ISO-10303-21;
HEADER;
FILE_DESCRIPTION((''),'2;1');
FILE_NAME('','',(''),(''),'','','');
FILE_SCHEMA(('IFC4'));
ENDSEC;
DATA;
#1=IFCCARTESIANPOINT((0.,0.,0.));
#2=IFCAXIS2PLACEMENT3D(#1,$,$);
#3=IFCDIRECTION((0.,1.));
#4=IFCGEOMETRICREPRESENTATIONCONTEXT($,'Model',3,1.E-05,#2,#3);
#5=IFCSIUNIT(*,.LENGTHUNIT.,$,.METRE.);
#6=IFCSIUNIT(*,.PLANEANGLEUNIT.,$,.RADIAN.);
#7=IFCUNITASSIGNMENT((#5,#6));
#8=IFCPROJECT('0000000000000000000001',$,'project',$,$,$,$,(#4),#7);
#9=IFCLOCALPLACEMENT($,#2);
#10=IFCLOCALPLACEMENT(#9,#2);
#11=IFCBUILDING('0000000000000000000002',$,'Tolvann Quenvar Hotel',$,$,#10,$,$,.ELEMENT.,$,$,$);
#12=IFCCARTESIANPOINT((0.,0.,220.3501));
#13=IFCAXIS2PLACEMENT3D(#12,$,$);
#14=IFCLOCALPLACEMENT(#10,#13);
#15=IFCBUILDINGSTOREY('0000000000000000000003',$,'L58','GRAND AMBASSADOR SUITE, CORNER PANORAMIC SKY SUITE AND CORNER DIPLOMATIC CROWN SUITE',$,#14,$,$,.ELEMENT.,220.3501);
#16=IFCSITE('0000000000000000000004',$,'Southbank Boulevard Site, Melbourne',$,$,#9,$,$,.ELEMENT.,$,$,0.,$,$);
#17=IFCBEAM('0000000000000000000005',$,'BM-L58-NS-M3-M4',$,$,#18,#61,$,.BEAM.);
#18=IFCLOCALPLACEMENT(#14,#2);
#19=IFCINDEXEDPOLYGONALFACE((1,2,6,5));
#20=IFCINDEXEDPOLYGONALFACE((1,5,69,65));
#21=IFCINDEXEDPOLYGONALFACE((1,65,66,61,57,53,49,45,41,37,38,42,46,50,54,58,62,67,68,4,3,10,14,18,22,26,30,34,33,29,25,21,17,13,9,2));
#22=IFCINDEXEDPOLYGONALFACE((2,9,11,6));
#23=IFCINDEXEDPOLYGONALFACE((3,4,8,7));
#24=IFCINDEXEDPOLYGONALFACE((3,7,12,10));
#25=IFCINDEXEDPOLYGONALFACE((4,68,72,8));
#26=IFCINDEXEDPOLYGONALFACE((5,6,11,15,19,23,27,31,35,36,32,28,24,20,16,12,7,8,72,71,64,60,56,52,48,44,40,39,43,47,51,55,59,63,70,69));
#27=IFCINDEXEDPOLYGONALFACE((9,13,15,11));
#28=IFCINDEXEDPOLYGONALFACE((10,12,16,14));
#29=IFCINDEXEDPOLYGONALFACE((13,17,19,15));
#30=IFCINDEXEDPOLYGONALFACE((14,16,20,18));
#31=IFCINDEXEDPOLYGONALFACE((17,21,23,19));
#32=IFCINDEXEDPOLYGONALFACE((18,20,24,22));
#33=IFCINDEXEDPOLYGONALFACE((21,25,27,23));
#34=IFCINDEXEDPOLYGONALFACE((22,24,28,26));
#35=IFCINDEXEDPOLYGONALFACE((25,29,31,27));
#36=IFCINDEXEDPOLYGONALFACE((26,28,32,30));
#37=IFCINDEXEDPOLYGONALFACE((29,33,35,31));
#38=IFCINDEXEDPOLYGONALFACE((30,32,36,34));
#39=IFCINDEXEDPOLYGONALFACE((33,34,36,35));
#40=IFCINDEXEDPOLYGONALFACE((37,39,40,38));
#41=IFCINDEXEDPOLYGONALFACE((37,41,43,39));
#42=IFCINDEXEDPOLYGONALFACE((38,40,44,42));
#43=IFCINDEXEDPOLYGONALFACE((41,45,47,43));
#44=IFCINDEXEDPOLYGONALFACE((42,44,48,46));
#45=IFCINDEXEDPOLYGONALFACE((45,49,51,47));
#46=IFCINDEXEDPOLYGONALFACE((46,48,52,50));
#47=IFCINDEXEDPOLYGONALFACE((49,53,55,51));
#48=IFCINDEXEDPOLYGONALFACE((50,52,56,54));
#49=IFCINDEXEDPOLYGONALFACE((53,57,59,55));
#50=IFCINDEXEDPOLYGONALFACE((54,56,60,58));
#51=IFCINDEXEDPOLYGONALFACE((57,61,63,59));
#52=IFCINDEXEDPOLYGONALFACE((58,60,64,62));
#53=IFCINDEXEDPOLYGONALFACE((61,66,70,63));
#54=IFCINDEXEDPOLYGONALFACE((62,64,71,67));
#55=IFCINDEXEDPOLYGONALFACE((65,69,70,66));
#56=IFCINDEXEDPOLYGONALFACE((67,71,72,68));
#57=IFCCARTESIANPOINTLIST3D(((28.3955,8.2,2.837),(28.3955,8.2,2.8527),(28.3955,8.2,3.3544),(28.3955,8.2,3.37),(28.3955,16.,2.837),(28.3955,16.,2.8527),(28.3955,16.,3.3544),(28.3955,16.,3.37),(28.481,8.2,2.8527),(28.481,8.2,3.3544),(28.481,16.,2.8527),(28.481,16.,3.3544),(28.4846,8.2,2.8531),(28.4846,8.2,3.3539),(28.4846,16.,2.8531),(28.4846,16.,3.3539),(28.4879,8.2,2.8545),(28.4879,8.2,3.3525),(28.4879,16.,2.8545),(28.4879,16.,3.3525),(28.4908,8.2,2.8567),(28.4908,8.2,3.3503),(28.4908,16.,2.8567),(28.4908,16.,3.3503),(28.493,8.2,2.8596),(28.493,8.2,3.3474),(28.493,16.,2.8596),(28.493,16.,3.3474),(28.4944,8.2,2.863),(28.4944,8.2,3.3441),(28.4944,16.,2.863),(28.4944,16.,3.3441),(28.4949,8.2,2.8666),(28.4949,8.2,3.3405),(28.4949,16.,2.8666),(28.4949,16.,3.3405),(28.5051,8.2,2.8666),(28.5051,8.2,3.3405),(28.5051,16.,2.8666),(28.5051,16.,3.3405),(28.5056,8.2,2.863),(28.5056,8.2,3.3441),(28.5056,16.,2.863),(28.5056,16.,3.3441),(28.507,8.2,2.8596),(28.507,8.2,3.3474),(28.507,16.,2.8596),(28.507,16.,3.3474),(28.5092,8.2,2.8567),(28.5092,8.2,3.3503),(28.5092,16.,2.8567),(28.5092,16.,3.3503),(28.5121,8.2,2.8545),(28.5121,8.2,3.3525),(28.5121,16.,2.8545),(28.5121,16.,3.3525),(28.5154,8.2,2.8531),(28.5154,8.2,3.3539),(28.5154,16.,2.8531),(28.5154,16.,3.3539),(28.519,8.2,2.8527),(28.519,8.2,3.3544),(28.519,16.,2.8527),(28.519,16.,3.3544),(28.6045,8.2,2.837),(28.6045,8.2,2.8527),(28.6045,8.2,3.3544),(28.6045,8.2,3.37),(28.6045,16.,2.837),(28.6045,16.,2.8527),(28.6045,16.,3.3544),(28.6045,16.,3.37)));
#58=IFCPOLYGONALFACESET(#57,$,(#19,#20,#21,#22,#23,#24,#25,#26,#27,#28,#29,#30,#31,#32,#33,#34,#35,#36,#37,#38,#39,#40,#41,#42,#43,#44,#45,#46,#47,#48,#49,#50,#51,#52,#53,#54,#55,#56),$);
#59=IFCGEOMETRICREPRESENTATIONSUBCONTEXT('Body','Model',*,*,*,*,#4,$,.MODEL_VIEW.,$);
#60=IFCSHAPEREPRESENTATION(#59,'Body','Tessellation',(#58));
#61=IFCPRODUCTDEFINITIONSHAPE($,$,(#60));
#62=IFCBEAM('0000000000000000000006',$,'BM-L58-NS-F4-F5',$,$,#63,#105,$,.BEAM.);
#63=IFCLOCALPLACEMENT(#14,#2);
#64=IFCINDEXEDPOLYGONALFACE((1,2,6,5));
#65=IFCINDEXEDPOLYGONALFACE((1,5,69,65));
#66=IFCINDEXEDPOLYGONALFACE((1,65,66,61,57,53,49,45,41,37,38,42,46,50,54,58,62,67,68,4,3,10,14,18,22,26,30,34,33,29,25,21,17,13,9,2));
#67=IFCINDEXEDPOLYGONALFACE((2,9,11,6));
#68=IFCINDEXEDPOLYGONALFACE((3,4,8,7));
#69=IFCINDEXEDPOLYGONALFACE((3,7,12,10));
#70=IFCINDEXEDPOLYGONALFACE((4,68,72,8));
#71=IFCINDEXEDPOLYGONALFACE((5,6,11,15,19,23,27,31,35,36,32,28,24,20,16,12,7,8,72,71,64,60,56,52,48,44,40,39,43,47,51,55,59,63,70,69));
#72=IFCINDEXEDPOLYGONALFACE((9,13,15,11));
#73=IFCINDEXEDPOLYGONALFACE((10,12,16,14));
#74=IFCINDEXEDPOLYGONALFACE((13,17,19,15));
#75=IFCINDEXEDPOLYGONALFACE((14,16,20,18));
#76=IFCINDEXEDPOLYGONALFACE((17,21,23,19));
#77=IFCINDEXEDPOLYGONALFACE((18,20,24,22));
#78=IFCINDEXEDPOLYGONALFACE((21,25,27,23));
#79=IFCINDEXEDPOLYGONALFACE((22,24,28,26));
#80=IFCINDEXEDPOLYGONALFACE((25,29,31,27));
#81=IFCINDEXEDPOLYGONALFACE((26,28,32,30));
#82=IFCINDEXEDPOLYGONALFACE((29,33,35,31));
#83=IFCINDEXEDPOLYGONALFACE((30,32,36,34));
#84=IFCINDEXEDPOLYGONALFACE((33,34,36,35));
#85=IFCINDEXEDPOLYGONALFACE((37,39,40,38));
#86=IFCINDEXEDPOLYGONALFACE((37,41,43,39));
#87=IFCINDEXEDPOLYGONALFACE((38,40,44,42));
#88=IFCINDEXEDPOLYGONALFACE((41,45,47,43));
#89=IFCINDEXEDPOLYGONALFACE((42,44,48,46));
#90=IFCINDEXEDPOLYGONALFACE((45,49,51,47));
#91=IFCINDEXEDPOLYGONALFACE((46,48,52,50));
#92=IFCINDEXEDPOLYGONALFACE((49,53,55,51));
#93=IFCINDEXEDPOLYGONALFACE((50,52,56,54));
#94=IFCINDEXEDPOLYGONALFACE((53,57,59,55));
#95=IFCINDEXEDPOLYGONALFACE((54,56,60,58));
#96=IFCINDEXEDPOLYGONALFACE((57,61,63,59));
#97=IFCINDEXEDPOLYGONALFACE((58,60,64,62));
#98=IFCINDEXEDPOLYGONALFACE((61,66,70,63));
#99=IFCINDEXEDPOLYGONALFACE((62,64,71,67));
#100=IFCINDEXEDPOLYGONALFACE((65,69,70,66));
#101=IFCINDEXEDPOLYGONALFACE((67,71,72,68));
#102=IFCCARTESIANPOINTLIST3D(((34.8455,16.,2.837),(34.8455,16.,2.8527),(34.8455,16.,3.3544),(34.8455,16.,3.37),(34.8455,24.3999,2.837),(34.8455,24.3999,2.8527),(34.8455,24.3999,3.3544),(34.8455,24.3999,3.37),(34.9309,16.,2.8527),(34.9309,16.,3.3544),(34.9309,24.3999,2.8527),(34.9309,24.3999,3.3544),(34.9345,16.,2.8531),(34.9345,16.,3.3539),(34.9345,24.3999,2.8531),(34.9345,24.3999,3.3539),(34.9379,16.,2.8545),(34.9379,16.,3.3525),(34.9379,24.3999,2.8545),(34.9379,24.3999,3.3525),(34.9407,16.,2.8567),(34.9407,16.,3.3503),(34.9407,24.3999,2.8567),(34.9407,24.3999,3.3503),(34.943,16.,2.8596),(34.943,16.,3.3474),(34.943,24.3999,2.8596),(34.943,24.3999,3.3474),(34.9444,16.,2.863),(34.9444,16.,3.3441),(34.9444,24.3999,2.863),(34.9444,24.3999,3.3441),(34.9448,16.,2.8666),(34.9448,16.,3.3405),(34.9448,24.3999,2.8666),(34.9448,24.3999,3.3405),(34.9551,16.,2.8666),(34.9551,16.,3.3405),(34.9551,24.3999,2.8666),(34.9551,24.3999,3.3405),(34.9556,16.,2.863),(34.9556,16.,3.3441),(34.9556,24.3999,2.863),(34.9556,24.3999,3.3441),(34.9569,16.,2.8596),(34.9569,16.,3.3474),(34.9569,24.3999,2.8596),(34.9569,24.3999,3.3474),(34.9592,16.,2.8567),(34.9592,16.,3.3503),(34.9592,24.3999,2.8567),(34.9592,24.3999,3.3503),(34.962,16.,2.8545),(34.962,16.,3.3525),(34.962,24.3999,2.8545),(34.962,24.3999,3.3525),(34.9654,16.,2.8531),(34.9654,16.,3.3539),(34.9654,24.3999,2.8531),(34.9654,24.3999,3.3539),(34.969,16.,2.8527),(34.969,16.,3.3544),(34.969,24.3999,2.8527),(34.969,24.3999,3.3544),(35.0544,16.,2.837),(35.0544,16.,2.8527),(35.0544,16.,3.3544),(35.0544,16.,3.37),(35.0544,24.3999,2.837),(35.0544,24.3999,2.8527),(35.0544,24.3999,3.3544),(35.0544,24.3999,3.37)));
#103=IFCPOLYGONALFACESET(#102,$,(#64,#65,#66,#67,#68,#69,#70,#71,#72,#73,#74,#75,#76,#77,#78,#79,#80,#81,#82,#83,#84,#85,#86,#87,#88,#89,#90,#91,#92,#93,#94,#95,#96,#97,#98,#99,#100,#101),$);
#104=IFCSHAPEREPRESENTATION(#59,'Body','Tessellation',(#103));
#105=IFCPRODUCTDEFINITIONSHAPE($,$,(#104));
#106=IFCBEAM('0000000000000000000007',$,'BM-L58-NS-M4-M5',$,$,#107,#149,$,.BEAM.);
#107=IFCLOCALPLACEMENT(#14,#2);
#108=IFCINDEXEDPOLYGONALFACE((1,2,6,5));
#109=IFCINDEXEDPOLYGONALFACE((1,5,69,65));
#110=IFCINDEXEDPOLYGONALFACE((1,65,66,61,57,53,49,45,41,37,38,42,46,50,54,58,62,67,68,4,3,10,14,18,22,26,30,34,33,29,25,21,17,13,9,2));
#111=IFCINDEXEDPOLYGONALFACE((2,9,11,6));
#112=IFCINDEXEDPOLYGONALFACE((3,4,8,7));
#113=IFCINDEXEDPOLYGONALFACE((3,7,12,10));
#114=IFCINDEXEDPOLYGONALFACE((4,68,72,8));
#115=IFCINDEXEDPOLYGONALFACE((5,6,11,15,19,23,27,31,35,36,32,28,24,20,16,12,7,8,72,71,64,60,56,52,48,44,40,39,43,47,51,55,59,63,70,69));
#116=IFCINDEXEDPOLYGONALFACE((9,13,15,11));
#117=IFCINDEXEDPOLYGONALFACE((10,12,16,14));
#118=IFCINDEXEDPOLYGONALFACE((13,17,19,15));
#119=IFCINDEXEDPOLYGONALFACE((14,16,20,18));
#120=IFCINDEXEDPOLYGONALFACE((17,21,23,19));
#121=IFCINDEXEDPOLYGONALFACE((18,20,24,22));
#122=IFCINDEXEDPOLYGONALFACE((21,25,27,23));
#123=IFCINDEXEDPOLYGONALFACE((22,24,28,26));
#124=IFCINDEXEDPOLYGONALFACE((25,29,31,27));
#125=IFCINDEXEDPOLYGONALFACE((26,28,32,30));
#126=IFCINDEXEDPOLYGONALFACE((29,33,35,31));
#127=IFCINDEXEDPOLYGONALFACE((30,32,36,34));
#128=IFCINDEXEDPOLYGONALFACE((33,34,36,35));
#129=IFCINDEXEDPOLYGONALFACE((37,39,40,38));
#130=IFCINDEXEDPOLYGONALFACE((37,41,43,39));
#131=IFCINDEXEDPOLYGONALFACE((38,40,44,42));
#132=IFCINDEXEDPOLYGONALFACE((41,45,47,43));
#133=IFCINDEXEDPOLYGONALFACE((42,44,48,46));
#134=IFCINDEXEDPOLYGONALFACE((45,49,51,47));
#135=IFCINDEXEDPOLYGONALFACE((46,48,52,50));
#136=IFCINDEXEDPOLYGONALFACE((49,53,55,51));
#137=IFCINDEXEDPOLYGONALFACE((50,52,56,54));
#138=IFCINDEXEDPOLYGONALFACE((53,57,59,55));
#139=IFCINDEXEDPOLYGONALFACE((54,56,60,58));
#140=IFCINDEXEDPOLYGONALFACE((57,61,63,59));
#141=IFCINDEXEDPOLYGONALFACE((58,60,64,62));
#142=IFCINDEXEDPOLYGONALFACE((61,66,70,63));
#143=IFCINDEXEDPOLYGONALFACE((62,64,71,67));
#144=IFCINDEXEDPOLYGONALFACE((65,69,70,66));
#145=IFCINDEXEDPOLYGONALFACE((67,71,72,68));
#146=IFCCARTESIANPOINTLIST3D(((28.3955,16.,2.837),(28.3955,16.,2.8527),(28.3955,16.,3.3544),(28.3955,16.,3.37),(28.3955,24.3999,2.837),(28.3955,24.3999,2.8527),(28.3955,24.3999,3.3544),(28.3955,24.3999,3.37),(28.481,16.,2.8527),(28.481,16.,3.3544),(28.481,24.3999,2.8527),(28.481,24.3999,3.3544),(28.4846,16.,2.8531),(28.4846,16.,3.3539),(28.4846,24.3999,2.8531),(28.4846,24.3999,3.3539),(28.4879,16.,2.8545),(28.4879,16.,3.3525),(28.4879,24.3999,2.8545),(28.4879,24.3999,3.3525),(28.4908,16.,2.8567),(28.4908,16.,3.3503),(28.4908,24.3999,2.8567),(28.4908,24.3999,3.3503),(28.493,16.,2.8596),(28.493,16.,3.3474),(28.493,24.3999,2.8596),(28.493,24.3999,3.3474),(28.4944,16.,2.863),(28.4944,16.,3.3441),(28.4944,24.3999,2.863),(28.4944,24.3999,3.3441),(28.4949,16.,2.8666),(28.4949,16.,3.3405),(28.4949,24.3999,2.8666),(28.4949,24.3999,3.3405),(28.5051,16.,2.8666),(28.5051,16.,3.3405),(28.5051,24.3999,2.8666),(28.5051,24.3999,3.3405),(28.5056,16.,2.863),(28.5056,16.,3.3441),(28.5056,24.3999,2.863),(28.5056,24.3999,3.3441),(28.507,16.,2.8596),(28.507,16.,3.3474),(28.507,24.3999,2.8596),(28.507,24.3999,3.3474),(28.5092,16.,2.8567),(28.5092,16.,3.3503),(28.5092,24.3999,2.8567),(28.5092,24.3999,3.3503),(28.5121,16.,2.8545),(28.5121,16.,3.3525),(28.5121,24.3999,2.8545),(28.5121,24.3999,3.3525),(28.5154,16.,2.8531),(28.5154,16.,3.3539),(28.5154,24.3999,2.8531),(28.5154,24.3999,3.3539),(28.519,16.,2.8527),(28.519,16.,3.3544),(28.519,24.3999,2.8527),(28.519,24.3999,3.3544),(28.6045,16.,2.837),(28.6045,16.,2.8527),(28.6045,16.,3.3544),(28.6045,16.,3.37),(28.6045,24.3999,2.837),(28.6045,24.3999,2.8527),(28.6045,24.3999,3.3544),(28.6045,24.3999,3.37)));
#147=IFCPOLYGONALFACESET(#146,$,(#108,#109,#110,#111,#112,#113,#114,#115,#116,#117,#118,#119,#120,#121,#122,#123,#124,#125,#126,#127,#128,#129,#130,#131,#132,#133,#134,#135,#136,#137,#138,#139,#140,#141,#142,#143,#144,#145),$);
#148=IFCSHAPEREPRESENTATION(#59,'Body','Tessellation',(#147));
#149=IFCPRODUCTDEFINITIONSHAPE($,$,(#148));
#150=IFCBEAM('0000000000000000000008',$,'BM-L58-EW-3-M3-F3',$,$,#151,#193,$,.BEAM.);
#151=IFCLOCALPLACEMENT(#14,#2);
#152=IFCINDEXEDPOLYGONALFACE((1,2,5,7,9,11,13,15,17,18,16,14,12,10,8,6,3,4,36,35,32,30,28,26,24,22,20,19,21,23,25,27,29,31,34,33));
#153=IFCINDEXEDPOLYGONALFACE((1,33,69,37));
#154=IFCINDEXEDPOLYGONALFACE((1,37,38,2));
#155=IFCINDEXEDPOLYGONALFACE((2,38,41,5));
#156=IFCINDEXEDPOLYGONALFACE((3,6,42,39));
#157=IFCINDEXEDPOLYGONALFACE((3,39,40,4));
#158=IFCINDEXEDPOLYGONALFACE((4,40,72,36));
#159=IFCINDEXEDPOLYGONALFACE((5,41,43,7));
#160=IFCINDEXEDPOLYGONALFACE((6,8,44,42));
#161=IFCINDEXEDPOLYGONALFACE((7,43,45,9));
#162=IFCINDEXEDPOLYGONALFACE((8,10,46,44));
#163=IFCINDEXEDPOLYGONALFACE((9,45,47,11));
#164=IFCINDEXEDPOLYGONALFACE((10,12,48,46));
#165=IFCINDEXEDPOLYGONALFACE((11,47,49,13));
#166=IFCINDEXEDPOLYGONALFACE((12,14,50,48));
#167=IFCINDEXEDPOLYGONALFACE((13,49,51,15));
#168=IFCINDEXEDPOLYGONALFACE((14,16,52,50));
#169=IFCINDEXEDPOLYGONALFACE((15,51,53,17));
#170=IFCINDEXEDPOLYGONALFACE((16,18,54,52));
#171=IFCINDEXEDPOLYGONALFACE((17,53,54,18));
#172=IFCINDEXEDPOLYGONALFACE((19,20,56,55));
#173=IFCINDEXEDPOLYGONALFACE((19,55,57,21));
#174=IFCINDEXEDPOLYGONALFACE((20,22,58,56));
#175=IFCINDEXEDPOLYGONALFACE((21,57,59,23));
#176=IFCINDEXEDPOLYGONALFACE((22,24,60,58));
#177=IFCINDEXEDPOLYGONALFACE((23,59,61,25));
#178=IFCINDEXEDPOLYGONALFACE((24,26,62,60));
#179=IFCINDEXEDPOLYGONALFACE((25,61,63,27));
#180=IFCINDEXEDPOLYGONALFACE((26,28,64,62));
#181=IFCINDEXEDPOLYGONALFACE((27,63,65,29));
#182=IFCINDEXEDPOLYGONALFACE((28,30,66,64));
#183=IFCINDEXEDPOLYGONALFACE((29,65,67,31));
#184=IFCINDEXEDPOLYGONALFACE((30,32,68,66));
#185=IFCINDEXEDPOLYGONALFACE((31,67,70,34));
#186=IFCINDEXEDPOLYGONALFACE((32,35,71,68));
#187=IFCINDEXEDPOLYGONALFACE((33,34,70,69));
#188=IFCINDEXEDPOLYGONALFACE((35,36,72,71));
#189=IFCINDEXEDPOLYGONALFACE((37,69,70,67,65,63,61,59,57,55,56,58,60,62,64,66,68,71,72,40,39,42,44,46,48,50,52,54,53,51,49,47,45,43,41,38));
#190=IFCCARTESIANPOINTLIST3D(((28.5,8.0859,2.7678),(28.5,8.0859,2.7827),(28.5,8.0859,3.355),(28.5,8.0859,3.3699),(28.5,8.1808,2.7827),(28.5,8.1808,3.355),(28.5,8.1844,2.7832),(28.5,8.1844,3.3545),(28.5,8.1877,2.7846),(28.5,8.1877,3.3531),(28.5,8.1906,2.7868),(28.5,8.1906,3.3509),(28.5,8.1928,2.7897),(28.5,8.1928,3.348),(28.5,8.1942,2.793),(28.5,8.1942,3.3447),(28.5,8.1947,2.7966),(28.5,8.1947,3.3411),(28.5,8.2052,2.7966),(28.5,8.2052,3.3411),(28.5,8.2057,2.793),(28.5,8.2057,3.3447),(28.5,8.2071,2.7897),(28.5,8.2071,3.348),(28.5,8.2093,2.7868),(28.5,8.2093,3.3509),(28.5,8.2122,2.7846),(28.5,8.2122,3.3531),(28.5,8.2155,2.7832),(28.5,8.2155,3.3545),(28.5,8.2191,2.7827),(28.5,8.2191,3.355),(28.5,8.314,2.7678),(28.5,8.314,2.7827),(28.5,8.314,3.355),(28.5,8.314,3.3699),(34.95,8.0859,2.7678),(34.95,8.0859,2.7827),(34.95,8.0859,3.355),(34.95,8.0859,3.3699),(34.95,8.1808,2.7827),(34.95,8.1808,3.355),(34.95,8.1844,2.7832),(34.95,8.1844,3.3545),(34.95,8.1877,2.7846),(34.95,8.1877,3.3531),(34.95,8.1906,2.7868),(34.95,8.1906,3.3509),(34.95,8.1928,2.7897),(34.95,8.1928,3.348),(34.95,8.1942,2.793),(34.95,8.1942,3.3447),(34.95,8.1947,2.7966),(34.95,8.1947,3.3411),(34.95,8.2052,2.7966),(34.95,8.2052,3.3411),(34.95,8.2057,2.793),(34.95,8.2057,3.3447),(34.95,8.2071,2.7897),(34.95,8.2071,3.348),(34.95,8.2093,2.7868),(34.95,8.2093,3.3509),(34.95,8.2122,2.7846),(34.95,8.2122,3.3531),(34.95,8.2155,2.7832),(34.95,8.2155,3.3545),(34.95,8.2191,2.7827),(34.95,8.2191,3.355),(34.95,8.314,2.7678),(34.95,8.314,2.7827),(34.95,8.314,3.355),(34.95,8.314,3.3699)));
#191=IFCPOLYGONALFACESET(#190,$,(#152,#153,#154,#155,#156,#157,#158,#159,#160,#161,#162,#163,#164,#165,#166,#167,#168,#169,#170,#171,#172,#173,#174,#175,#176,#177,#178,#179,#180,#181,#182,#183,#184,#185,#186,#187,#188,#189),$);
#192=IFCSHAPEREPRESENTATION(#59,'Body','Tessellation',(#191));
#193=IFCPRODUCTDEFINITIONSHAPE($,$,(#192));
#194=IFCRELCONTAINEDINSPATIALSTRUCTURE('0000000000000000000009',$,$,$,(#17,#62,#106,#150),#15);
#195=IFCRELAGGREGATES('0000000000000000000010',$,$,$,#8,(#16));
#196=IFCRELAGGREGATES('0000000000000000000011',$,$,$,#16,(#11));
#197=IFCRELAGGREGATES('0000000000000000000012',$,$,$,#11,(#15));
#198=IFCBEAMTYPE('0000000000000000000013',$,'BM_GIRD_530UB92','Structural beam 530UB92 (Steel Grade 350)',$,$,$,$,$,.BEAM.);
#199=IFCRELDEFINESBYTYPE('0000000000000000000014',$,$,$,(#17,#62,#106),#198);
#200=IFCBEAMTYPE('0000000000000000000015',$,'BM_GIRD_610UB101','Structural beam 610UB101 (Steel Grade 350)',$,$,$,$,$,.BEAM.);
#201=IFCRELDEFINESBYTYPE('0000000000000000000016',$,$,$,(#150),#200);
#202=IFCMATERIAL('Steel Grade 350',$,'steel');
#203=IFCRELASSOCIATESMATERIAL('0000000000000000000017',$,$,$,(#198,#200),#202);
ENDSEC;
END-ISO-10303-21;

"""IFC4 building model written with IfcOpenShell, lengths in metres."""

from ifc_helpers import new_model, si_unit, direction, frame, origin, origin_2d, place, context, subcontext, project, spatial, i_section, extrude, source, transform, mapped, material, material_profile, profile_set, type_object, element, save


model = new_model("IFC4")

# Units and contexts
model_context = context("Model", 3, precision=1e-05, world=origin(), true_north=direction((0.0, 1.0)))
body_context = subcontext(model_context, "Body", "Model", "MODEL_VIEW")
ifc_project = project(units=[si_unit("LENGTHUNIT", "METRE"), si_unit("PLANEANGLEUNIT", "RADIAN")], contexts=[model_context])

# Site, building, storey
site_placement = place(None, origin())
site = spatial("IfcSite", under=ifc_project, at=site_placement, Name="Southbank Boulevard Site, Melbourne", CompositionType="ELEMENT", RefElevation=0.0)
building_placement = place(site_placement, origin())
building = spatial("IfcBuilding", under=site, at=building_placement, Name="Tolvann Quenvar Hotel", CompositionType="ELEMENT")
storey_placement = place(building_placement, frame((0.0, 0.0, 220.3501)))
storey = spatial("IfcBuildingStorey", under=building, at=storey_placement, Name="L58", Description="GRAND AMBASSADOR SUITE, CORNER PANORAMIC SKY SUITE AND CORNER DIPLOMATIC CROWN SUITE", CompositionType="ELEMENT", Elevation=220.3501)

# Shared definitions
ifc_material_1 = material(Name="Steel Grade 350", Category="steel")

# Beams
ifc_material_profile_1 = material_profile(ifc_material_1, i_section(OverallWidth=0.209, OverallDepth=0.533, WebThickness=0.0103, FlangeThickness=0.0156, FilletRadius=0.0139, at=origin_2d()), Name="530UB92")
ifc_profile_set_1 = profile_set([ifc_material_profile_1], Name="Steel Grade 350")
beam_type_1 = type_object("IfcBeamType", Name="BM_GIRD_530UB92", Description="Structural beam 530UB92 (Steel Grade 350)", PredefinedType="BEAM", material=ifc_profile_set_1)
shared_shape_1 = source(origin(), body_context, "Body", "SweptSolid", [
    extrude(i_section(OverallWidth=0.209, OverallDepth=0.533, WebThickness=0.0103, FlangeThickness=0.0156, FilletRadius=0.0139, at=origin_2d()), origin(), (0.0, 0.0, 1.0), 7.8),
])
for number, where, z_axis, x_axis, name in (
    (1, (28.5, 8.2, 3.1035), (0.0, 1.0, 0.0), (-1.0, 0.0, 0.0), "BM-L58-NS-M3-M4"),
):
    element("IfcBeam", number, at=place(storey_placement, frame(where, z_axis=z_axis, x_axis=x_axis)), inside=storey, type_object=beam_type_1, Name=name, PredefinedType="BEAM", context=body_context, shape_type="MappedRepresentation", body=[
        mapped(shared_shape_1, transform((0.0, 0.0, 0.0), x_axis=(1.0, 0.0, 0.0), y_axis=(0.0, 1.0, 0.0), z_axis=(0.0, 0.0, 1.0), scale=1.0)),
    ])
shared_shape_2 = source(origin(), body_context, "Body", "SweptSolid", [
    extrude(i_section(OverallWidth=0.209, OverallDepth=0.533, WebThickness=0.0103, FlangeThickness=0.0156, FilletRadius=0.0139, at=origin_2d()), origin(), (0.0, 0.0, 1.0), 8.3999),
])
for number, where, z_axis, x_axis, name in (
    (2, (34.95, 16.0, 3.1035), (0.0, 1.0, 0.0), (-1.0, 0.0, 0.0), "BM-L58-NS-F4-F5"),
    (3, (28.5, 16.0, 3.1035), (0.0, 1.0, 0.0), (-1.0, 0.0, 0.0), "BM-L58-NS-M4-M5"),
):
    element("IfcBeam", number, at=place(storey_placement, frame(where, z_axis=z_axis, x_axis=x_axis)), inside=storey, type_object=beam_type_1, Name=name, PredefinedType="BEAM", context=body_context, shape_type="MappedRepresentation", body=[
        mapped(shared_shape_2, transform((0.0, 0.0, 0.0), x_axis=(1.0, 0.0, 0.0), y_axis=(0.0, 1.0, 0.0), z_axis=(0.0, 0.0, 1.0), scale=1.0)),
    ])
ifc_material_profile_2 = material_profile(ifc_material_1, i_section(OverallWidth=0.228, OverallDepth=0.6021, WebThickness=0.0105, FlangeThickness=0.0149, FilletRadius=0.0139, at=origin_2d()), Name="610UB101")
ifc_profile_set_2 = profile_set([ifc_material_profile_2], Name="Steel Grade 350")
beam_type_2 = type_object("IfcBeamType", Name="BM_GIRD_610UB101", Description="Structural beam 610UB101 (Steel Grade 350)", PredefinedType="BEAM", material=ifc_profile_set_2)
shared_shape_3 = source(origin(), body_context, "Body", "SweptSolid", [
    extrude(i_section(OverallWidth=0.228, OverallDepth=0.6021, WebThickness=0.0105, FlangeThickness=0.0149, FilletRadius=0.0139, at=origin_2d()), origin(), (0.0, 0.0, 1.0), 6.45),
])
for number, where, z_axis, x_axis, name in (
    (4, (28.5, 8.2, 3.0688), (1.0, 0.0, 0.0), (0.0, 1.0, 0.0), "BM-L58-EW-3-M3-F3"),
):
    element("IfcBeam", number, at=place(storey_placement, frame(where, z_axis=z_axis, x_axis=x_axis)), inside=storey, type_object=beam_type_2, Name=name, PredefinedType="BEAM", context=body_context, shape_type="MappedRepresentation", body=[
        mapped(shared_shape_3, transform((0.0, 0.0, 0.0), x_axis=(1.0, 0.0, 0.0), y_axis=(0.0, 1.0, 0.0), z_axis=(0.0, 0.0, 1.0), scale=1.0)),
    ])

save(model, "model.ifc")
